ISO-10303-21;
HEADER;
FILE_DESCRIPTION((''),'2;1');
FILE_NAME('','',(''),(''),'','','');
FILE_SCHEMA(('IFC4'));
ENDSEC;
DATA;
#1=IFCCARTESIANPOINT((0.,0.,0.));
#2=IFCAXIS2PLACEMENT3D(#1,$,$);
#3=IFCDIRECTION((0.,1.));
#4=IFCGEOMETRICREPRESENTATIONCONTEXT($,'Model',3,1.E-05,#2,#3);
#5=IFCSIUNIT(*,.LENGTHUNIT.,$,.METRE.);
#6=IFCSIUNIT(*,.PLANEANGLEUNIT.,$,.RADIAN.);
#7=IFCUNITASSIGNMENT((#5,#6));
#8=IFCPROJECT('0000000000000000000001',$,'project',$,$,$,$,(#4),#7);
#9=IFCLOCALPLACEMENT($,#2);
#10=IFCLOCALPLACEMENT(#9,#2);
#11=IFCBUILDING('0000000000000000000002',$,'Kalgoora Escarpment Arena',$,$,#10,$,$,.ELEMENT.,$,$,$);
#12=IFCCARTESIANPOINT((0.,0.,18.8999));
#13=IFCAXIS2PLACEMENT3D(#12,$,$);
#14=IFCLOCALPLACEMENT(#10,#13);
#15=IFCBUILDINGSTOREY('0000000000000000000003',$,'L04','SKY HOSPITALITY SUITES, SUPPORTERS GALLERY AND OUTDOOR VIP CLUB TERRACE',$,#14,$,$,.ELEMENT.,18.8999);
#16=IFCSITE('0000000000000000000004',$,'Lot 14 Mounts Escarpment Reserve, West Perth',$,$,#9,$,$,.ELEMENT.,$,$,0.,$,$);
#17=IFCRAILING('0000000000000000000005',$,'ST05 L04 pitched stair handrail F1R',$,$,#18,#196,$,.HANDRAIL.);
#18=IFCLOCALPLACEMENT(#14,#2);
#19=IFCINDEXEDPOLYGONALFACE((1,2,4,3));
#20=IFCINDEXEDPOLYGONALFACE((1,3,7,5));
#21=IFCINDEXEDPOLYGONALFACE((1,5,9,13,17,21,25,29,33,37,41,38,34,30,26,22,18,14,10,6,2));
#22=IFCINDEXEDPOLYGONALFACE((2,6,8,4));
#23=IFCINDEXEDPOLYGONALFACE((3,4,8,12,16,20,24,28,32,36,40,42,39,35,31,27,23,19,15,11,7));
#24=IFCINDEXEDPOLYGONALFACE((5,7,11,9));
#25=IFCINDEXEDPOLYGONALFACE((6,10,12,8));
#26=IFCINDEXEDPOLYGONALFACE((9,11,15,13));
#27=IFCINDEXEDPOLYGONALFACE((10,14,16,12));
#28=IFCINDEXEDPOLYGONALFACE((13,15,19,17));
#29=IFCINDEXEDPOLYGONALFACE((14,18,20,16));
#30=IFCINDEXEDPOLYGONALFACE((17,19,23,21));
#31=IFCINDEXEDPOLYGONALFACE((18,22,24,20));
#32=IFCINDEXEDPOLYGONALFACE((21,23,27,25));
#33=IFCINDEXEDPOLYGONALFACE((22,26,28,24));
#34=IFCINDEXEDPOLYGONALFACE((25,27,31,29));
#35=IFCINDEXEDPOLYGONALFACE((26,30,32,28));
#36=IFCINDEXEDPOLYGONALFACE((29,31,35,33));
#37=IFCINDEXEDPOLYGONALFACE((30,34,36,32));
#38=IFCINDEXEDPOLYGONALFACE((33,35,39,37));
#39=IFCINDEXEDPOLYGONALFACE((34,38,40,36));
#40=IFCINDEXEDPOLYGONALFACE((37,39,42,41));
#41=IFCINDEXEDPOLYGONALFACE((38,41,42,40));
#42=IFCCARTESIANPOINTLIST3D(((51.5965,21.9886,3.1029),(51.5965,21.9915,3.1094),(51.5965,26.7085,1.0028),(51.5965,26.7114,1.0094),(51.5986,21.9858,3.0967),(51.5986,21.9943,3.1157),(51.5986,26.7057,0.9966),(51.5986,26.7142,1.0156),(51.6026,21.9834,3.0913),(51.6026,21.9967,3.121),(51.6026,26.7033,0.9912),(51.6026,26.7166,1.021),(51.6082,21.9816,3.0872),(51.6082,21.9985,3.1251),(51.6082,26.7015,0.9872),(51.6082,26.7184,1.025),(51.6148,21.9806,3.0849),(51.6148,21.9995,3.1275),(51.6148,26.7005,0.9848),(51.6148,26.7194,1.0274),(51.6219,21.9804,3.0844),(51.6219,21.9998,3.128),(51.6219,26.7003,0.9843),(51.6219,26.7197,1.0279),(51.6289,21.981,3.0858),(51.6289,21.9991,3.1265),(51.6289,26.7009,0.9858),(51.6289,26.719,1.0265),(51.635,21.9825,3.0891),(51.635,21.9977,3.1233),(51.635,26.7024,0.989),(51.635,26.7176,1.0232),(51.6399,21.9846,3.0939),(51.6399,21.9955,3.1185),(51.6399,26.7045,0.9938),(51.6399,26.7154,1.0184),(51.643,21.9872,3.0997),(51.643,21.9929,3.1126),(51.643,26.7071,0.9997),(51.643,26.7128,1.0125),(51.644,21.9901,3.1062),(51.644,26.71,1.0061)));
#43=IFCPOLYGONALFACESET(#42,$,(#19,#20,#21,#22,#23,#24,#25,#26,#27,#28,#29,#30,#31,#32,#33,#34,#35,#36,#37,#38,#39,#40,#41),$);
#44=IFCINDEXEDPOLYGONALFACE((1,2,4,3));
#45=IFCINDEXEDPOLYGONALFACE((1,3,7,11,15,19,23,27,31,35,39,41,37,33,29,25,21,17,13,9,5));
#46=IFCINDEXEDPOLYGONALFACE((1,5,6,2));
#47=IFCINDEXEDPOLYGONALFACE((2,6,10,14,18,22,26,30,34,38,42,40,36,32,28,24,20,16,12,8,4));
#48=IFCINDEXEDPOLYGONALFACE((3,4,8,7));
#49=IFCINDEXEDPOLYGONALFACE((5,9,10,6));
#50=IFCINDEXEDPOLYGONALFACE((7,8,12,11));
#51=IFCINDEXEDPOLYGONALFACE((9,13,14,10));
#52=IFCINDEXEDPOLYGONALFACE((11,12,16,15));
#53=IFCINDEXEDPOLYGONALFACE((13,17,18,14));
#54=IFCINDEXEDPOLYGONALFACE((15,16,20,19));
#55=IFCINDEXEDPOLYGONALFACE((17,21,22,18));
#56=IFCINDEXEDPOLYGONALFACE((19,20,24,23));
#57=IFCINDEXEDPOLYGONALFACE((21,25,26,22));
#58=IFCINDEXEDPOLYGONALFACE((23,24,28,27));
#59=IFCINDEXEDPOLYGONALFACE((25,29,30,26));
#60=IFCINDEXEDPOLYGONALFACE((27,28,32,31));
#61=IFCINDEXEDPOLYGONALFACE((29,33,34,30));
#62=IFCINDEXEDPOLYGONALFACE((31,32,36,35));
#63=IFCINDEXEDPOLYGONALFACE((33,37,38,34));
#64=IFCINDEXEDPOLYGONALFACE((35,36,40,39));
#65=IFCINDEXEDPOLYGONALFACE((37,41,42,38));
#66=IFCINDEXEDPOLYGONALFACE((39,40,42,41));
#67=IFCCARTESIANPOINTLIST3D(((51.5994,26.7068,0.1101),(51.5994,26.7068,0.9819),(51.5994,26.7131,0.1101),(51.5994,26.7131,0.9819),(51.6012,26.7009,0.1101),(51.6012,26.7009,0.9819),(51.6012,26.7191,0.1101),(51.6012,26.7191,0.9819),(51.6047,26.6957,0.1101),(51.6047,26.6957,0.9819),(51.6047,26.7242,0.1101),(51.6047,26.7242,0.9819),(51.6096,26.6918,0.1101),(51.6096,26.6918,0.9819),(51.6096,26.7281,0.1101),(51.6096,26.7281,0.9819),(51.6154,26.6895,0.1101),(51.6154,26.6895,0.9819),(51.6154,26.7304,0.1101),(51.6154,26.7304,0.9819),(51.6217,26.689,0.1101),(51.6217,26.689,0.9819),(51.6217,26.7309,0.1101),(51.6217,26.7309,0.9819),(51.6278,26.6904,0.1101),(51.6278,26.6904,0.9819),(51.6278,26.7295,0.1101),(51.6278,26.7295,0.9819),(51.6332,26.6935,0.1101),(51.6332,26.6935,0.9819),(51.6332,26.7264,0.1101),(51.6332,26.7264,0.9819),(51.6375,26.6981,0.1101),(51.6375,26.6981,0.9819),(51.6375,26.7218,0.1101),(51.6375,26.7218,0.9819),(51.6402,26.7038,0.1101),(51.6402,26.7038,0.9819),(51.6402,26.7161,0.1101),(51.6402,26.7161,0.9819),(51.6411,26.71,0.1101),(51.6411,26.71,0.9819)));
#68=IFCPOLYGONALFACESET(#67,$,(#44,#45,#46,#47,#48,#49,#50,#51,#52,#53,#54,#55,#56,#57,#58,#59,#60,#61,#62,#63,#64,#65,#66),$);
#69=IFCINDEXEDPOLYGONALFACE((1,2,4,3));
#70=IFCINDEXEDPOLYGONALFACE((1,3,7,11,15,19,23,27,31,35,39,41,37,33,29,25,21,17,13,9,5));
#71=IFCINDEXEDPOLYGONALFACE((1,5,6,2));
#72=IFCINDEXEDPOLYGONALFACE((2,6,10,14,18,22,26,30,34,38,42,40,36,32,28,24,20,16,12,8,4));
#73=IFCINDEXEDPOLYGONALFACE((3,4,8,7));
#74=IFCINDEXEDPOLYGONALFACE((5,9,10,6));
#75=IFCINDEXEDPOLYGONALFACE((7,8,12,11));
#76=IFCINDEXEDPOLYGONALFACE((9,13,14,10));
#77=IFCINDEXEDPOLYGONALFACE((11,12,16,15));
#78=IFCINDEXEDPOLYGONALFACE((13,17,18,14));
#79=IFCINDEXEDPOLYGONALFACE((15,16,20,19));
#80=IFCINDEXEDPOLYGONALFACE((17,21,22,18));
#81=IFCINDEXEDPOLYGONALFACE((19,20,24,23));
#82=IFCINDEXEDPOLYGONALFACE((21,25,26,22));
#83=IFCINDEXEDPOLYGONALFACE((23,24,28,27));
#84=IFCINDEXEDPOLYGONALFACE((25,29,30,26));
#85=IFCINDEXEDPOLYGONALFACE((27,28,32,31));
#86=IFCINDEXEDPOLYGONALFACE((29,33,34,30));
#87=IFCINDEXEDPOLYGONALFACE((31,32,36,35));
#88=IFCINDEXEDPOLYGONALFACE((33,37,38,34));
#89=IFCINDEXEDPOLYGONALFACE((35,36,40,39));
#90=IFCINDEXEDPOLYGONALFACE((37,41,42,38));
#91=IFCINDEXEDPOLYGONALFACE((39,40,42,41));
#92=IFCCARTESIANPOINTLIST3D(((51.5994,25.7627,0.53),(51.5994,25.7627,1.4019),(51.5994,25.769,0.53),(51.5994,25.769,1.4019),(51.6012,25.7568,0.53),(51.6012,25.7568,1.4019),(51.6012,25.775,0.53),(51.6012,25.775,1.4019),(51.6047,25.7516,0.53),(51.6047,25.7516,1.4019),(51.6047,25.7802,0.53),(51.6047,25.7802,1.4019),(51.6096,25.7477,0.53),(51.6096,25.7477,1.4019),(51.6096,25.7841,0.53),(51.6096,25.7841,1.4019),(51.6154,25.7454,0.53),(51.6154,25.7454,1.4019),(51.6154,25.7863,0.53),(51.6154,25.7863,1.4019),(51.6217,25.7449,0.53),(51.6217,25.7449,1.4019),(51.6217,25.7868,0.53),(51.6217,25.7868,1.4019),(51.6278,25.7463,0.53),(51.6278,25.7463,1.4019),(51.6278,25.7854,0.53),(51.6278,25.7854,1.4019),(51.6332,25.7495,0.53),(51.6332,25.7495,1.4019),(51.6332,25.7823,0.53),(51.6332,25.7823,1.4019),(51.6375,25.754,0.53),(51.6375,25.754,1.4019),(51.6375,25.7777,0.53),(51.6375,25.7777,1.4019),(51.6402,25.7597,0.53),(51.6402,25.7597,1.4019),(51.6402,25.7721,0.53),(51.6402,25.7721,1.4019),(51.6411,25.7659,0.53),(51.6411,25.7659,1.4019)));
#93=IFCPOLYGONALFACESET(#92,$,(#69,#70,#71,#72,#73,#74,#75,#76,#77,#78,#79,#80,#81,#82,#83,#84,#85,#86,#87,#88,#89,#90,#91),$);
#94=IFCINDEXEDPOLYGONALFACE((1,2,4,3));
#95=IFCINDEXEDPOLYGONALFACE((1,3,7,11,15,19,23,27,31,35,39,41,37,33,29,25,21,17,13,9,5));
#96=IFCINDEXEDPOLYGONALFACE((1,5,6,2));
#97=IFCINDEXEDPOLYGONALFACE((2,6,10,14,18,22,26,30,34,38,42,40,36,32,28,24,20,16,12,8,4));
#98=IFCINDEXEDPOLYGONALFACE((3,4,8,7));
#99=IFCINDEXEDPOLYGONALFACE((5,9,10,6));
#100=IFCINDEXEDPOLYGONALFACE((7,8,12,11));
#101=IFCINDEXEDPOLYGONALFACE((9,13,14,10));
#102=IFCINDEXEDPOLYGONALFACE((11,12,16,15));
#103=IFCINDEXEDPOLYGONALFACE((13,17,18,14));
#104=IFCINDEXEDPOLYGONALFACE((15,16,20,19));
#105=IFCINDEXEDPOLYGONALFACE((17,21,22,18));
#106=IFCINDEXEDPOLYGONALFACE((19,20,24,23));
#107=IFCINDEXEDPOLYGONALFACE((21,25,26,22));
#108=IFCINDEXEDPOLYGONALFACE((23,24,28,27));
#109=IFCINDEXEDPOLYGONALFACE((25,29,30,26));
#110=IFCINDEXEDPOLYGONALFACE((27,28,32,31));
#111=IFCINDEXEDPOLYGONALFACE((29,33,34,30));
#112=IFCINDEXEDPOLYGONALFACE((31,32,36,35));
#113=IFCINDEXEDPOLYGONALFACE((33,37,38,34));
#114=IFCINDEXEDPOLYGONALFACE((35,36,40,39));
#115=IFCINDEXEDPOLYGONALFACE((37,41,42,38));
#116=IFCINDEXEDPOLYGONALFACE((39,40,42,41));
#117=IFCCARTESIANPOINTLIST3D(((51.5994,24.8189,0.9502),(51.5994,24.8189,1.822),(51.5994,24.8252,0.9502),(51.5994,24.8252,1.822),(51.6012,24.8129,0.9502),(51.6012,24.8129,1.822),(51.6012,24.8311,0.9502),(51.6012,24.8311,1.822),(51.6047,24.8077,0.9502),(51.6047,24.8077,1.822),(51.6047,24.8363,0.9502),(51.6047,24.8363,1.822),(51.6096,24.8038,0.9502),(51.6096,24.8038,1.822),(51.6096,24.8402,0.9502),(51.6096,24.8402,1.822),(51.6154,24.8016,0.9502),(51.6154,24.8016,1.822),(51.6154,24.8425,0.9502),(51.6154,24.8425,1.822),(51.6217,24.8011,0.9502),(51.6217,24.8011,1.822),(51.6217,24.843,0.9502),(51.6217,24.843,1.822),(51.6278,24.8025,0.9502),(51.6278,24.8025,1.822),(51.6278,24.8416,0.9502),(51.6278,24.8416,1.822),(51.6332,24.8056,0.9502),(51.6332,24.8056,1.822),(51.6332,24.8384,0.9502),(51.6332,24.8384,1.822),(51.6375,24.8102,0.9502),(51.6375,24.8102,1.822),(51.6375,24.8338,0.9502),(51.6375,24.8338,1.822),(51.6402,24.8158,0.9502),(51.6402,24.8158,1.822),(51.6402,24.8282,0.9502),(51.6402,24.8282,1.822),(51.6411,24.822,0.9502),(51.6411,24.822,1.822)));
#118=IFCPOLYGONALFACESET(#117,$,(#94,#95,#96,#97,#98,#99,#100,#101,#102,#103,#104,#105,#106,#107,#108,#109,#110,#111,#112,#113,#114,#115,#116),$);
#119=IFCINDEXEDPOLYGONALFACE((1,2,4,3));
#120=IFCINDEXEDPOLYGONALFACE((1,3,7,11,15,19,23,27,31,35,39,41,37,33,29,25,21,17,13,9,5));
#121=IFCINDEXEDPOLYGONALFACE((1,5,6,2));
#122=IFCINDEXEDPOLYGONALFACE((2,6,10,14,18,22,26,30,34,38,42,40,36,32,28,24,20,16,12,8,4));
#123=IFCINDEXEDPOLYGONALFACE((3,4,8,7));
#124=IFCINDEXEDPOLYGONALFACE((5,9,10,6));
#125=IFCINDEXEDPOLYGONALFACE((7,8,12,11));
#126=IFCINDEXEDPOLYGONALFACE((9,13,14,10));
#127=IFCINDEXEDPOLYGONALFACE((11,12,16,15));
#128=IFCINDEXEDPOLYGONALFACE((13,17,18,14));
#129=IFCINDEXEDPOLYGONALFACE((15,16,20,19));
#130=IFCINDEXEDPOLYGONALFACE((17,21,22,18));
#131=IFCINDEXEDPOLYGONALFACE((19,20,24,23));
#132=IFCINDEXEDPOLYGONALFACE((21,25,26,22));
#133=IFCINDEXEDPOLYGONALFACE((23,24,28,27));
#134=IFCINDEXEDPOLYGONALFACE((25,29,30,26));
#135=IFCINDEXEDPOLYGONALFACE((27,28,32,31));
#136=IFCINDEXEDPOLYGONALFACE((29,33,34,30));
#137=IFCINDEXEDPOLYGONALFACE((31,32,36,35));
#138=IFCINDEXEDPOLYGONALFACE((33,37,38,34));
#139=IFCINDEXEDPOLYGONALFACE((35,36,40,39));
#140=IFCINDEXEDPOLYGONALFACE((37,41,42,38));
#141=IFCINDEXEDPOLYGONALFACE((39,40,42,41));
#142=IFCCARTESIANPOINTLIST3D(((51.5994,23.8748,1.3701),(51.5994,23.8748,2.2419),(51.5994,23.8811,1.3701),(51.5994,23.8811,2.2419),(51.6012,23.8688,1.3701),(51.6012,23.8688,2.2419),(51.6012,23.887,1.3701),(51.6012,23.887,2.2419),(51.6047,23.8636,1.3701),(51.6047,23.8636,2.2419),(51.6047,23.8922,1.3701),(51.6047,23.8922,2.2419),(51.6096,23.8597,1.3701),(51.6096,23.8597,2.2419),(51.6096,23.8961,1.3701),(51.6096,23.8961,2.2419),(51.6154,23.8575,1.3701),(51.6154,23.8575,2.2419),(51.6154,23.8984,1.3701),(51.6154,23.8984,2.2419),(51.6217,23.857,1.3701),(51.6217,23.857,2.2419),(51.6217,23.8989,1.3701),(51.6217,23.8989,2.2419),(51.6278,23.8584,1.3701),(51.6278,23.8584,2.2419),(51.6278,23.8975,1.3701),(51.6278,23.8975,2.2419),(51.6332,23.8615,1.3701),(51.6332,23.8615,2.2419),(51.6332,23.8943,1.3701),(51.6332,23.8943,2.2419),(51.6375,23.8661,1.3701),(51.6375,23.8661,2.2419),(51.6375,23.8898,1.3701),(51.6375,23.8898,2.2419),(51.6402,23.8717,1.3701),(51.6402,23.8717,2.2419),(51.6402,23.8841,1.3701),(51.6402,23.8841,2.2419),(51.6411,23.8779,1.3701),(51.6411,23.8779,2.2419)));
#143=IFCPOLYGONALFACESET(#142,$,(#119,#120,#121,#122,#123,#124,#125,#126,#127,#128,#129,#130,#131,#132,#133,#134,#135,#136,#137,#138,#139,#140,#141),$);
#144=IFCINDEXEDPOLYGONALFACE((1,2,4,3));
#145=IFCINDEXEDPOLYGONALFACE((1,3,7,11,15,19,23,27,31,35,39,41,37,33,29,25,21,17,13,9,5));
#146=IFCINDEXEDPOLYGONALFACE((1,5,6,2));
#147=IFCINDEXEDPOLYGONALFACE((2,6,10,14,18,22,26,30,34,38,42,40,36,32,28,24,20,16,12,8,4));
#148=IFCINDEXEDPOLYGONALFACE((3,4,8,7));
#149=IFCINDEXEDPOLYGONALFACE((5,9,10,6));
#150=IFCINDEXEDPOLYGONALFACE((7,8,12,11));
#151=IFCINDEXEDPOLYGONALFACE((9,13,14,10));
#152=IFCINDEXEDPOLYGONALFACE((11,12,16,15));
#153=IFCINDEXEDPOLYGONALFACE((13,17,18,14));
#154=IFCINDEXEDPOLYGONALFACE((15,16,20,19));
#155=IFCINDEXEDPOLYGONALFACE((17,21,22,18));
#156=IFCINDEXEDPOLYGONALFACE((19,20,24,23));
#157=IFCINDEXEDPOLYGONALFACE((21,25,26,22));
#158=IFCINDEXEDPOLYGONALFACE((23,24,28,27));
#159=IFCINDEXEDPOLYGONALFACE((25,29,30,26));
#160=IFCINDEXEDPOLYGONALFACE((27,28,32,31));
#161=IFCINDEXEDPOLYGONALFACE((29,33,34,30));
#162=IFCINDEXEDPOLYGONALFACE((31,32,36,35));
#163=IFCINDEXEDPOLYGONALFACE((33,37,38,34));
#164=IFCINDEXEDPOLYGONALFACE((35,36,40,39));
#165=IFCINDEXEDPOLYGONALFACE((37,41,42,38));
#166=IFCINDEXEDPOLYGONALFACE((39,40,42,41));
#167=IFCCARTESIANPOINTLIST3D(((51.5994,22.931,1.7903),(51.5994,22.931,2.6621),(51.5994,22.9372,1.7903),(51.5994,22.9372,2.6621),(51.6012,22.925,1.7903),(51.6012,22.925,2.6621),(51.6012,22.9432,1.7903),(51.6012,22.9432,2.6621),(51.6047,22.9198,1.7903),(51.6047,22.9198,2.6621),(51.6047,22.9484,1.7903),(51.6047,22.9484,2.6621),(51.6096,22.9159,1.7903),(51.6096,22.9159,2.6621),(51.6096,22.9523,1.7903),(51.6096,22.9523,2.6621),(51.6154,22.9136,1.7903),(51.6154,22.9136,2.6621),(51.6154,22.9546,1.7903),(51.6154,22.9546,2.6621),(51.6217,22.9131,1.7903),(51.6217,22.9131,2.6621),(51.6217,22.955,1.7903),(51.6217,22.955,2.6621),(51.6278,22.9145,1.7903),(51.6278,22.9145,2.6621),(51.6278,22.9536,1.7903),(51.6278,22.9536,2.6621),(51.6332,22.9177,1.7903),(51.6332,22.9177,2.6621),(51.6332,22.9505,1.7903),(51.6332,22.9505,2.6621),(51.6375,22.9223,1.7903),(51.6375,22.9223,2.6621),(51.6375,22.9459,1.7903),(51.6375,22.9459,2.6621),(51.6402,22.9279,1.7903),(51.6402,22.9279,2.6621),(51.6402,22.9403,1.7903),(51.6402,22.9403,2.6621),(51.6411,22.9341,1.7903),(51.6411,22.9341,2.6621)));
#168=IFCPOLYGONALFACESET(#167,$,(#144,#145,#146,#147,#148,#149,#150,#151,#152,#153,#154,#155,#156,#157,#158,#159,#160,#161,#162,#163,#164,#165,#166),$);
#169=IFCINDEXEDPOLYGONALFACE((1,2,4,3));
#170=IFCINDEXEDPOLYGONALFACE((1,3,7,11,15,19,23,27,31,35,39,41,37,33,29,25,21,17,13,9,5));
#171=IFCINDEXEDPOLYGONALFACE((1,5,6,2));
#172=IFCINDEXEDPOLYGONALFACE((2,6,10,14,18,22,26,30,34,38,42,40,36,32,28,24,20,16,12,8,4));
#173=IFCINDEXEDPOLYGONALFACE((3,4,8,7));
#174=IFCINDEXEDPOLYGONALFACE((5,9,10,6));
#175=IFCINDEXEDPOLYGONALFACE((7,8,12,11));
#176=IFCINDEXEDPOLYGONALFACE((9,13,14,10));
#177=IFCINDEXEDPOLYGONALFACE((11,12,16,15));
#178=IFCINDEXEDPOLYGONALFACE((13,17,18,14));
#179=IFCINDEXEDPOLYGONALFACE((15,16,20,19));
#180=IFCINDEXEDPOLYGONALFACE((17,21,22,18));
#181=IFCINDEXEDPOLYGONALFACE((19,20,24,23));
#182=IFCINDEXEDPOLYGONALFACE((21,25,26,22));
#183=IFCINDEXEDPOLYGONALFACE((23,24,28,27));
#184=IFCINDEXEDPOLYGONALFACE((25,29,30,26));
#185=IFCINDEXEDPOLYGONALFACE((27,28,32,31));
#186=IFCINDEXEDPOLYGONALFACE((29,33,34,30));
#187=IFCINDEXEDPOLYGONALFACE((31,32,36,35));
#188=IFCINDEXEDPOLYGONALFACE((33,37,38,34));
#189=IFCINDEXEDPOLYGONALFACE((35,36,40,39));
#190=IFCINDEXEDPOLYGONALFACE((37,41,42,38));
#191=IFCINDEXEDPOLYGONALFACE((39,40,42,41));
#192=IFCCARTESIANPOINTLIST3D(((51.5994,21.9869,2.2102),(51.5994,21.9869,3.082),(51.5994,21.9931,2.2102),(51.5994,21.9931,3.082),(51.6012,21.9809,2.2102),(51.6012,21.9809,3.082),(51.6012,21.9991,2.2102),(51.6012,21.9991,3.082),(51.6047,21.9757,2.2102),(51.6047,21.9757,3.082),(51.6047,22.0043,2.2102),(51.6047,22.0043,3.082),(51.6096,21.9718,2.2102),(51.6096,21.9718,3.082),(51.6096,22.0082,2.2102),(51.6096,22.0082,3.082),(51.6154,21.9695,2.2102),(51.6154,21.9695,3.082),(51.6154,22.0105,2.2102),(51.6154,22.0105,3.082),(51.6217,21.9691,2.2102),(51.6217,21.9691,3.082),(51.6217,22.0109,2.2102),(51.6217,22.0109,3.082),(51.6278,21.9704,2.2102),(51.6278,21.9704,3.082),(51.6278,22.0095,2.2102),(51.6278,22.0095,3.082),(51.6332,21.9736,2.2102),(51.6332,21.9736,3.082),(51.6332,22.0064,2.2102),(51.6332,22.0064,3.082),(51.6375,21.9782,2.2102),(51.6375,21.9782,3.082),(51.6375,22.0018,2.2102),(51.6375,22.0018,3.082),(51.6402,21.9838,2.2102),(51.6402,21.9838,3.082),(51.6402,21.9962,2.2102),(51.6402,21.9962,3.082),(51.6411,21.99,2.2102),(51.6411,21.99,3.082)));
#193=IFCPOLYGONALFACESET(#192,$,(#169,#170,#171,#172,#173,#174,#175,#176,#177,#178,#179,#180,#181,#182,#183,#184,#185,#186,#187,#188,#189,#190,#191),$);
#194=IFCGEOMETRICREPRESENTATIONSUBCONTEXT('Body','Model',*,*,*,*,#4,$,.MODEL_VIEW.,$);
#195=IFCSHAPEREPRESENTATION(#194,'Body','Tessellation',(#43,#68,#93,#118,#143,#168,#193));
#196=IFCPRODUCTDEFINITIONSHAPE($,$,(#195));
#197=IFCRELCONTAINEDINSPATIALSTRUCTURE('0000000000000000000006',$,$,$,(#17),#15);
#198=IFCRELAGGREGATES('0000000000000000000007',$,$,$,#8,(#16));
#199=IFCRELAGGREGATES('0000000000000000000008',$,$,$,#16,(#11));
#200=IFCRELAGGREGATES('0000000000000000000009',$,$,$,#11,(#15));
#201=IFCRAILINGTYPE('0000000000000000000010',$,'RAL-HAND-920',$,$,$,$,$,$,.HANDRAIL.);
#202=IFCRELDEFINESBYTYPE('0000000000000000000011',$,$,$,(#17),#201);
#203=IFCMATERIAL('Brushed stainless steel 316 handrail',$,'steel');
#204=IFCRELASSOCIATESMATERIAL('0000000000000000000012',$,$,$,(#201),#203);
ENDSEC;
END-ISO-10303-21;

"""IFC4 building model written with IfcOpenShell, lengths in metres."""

from ifc_helpers import new_model, si_unit, direction, frame, origin, origin_2d, place, context, subcontext, project, spatial, circle, extrude, material, type_object, element, save


model = new_model("IFC4")

# Units and contexts
model_context = context("Model", 3, precision=1e-05, world=origin(), true_north=direction((0.0, 1.0)))
body_context = subcontext(model_context, "Body", "Model", "MODEL_VIEW")
ifc_project = project(units=[si_unit("LENGTHUNIT", "METRE"), si_unit("PLANEANGLEUNIT", "RADIAN")], contexts=[model_context])

# Site, building, storey
site_placement = place(None, origin())
site = spatial("IfcSite", under=ifc_project, at=site_placement, Name="Lot 14 Mounts Escarpment Reserve, West Perth", CompositionType="ELEMENT", RefElevation=0.0)
building_placement = place(site_placement, origin())
building = spatial("IfcBuilding", under=site, at=building_placement, Name="Kalgoora Escarpment Arena", CompositionType="ELEMENT")
storey_placement = place(building_placement, frame((0.0, 0.0, 18.8999)))
storey = spatial("IfcBuildingStorey", under=building, at=storey_placement, Name="L04", Description="SKY HOSPITALITY SUITES, SUPPORTERS GALLERY AND OUTDOOR VIP CLUB TERRACE", CompositionType="ELEMENT", Elevation=18.8999)

# Railing
ifc_material_1 = material(Name="Brushed stainless steel 316 handrail", Category="steel")
railing_type_1 = type_object("IfcRailingType", Name="RAL-HAND-920", PredefinedType="HANDRAIL", material=ifc_material_1)
for number, where, name in (
    (1, (51.6201, 26.71, 0.1101), "ST05 L04 pitched stair handrail F1R"),
):
    element("IfcRailing", number, at=place(storey_placement, frame(where)), inside=storey, type_object=railing_type_1, Name=name, PredefinedType="HANDRAIL", context=body_context, shape_type="SweptSolid", body=[
        extrude(circle(Radius=0.0239, at=origin_2d()), frame((0.0, 0.0, 0.896), z_axis=(0.0, -0.913644, 0.406516), x_axis=(1.0, 0.0, 0.0)), (0.0, 0.0, 1.0), 5.166),
        extrude(circle(Radius=0.021, at=origin_2d()), origin(), (0.0, 0.0, 1.0), 0.8718),
        extrude(circle(Radius=0.021, at=origin_2d()), frame((0.0, -0.9441, 0.4199)), (0.0, 0.0, 1.0), 0.8718),
        extrude(circle(Radius=0.021, at=origin_2d()), frame((0.0, -1.8879, 0.8401)), (0.0, 0.0, 1.0), 0.8718),
        extrude(circle(Radius=0.021, at=origin_2d()), frame((0.0, -2.832, 1.26)), (0.0, 0.0, 1.0), 0.8718),
        extrude(circle(Radius=0.021, at=origin_2d()), frame((0.0, -3.7759, 1.6802)), (0.0, 0.0, 1.0), 0.8718),
        extrude(circle(Radius=0.021, at=origin_2d()), frame((0.0, -4.72, 2.1001)), (0.0, 0.0, 1.0), 0.8718),
    ])

save(model, "model.ifc")
